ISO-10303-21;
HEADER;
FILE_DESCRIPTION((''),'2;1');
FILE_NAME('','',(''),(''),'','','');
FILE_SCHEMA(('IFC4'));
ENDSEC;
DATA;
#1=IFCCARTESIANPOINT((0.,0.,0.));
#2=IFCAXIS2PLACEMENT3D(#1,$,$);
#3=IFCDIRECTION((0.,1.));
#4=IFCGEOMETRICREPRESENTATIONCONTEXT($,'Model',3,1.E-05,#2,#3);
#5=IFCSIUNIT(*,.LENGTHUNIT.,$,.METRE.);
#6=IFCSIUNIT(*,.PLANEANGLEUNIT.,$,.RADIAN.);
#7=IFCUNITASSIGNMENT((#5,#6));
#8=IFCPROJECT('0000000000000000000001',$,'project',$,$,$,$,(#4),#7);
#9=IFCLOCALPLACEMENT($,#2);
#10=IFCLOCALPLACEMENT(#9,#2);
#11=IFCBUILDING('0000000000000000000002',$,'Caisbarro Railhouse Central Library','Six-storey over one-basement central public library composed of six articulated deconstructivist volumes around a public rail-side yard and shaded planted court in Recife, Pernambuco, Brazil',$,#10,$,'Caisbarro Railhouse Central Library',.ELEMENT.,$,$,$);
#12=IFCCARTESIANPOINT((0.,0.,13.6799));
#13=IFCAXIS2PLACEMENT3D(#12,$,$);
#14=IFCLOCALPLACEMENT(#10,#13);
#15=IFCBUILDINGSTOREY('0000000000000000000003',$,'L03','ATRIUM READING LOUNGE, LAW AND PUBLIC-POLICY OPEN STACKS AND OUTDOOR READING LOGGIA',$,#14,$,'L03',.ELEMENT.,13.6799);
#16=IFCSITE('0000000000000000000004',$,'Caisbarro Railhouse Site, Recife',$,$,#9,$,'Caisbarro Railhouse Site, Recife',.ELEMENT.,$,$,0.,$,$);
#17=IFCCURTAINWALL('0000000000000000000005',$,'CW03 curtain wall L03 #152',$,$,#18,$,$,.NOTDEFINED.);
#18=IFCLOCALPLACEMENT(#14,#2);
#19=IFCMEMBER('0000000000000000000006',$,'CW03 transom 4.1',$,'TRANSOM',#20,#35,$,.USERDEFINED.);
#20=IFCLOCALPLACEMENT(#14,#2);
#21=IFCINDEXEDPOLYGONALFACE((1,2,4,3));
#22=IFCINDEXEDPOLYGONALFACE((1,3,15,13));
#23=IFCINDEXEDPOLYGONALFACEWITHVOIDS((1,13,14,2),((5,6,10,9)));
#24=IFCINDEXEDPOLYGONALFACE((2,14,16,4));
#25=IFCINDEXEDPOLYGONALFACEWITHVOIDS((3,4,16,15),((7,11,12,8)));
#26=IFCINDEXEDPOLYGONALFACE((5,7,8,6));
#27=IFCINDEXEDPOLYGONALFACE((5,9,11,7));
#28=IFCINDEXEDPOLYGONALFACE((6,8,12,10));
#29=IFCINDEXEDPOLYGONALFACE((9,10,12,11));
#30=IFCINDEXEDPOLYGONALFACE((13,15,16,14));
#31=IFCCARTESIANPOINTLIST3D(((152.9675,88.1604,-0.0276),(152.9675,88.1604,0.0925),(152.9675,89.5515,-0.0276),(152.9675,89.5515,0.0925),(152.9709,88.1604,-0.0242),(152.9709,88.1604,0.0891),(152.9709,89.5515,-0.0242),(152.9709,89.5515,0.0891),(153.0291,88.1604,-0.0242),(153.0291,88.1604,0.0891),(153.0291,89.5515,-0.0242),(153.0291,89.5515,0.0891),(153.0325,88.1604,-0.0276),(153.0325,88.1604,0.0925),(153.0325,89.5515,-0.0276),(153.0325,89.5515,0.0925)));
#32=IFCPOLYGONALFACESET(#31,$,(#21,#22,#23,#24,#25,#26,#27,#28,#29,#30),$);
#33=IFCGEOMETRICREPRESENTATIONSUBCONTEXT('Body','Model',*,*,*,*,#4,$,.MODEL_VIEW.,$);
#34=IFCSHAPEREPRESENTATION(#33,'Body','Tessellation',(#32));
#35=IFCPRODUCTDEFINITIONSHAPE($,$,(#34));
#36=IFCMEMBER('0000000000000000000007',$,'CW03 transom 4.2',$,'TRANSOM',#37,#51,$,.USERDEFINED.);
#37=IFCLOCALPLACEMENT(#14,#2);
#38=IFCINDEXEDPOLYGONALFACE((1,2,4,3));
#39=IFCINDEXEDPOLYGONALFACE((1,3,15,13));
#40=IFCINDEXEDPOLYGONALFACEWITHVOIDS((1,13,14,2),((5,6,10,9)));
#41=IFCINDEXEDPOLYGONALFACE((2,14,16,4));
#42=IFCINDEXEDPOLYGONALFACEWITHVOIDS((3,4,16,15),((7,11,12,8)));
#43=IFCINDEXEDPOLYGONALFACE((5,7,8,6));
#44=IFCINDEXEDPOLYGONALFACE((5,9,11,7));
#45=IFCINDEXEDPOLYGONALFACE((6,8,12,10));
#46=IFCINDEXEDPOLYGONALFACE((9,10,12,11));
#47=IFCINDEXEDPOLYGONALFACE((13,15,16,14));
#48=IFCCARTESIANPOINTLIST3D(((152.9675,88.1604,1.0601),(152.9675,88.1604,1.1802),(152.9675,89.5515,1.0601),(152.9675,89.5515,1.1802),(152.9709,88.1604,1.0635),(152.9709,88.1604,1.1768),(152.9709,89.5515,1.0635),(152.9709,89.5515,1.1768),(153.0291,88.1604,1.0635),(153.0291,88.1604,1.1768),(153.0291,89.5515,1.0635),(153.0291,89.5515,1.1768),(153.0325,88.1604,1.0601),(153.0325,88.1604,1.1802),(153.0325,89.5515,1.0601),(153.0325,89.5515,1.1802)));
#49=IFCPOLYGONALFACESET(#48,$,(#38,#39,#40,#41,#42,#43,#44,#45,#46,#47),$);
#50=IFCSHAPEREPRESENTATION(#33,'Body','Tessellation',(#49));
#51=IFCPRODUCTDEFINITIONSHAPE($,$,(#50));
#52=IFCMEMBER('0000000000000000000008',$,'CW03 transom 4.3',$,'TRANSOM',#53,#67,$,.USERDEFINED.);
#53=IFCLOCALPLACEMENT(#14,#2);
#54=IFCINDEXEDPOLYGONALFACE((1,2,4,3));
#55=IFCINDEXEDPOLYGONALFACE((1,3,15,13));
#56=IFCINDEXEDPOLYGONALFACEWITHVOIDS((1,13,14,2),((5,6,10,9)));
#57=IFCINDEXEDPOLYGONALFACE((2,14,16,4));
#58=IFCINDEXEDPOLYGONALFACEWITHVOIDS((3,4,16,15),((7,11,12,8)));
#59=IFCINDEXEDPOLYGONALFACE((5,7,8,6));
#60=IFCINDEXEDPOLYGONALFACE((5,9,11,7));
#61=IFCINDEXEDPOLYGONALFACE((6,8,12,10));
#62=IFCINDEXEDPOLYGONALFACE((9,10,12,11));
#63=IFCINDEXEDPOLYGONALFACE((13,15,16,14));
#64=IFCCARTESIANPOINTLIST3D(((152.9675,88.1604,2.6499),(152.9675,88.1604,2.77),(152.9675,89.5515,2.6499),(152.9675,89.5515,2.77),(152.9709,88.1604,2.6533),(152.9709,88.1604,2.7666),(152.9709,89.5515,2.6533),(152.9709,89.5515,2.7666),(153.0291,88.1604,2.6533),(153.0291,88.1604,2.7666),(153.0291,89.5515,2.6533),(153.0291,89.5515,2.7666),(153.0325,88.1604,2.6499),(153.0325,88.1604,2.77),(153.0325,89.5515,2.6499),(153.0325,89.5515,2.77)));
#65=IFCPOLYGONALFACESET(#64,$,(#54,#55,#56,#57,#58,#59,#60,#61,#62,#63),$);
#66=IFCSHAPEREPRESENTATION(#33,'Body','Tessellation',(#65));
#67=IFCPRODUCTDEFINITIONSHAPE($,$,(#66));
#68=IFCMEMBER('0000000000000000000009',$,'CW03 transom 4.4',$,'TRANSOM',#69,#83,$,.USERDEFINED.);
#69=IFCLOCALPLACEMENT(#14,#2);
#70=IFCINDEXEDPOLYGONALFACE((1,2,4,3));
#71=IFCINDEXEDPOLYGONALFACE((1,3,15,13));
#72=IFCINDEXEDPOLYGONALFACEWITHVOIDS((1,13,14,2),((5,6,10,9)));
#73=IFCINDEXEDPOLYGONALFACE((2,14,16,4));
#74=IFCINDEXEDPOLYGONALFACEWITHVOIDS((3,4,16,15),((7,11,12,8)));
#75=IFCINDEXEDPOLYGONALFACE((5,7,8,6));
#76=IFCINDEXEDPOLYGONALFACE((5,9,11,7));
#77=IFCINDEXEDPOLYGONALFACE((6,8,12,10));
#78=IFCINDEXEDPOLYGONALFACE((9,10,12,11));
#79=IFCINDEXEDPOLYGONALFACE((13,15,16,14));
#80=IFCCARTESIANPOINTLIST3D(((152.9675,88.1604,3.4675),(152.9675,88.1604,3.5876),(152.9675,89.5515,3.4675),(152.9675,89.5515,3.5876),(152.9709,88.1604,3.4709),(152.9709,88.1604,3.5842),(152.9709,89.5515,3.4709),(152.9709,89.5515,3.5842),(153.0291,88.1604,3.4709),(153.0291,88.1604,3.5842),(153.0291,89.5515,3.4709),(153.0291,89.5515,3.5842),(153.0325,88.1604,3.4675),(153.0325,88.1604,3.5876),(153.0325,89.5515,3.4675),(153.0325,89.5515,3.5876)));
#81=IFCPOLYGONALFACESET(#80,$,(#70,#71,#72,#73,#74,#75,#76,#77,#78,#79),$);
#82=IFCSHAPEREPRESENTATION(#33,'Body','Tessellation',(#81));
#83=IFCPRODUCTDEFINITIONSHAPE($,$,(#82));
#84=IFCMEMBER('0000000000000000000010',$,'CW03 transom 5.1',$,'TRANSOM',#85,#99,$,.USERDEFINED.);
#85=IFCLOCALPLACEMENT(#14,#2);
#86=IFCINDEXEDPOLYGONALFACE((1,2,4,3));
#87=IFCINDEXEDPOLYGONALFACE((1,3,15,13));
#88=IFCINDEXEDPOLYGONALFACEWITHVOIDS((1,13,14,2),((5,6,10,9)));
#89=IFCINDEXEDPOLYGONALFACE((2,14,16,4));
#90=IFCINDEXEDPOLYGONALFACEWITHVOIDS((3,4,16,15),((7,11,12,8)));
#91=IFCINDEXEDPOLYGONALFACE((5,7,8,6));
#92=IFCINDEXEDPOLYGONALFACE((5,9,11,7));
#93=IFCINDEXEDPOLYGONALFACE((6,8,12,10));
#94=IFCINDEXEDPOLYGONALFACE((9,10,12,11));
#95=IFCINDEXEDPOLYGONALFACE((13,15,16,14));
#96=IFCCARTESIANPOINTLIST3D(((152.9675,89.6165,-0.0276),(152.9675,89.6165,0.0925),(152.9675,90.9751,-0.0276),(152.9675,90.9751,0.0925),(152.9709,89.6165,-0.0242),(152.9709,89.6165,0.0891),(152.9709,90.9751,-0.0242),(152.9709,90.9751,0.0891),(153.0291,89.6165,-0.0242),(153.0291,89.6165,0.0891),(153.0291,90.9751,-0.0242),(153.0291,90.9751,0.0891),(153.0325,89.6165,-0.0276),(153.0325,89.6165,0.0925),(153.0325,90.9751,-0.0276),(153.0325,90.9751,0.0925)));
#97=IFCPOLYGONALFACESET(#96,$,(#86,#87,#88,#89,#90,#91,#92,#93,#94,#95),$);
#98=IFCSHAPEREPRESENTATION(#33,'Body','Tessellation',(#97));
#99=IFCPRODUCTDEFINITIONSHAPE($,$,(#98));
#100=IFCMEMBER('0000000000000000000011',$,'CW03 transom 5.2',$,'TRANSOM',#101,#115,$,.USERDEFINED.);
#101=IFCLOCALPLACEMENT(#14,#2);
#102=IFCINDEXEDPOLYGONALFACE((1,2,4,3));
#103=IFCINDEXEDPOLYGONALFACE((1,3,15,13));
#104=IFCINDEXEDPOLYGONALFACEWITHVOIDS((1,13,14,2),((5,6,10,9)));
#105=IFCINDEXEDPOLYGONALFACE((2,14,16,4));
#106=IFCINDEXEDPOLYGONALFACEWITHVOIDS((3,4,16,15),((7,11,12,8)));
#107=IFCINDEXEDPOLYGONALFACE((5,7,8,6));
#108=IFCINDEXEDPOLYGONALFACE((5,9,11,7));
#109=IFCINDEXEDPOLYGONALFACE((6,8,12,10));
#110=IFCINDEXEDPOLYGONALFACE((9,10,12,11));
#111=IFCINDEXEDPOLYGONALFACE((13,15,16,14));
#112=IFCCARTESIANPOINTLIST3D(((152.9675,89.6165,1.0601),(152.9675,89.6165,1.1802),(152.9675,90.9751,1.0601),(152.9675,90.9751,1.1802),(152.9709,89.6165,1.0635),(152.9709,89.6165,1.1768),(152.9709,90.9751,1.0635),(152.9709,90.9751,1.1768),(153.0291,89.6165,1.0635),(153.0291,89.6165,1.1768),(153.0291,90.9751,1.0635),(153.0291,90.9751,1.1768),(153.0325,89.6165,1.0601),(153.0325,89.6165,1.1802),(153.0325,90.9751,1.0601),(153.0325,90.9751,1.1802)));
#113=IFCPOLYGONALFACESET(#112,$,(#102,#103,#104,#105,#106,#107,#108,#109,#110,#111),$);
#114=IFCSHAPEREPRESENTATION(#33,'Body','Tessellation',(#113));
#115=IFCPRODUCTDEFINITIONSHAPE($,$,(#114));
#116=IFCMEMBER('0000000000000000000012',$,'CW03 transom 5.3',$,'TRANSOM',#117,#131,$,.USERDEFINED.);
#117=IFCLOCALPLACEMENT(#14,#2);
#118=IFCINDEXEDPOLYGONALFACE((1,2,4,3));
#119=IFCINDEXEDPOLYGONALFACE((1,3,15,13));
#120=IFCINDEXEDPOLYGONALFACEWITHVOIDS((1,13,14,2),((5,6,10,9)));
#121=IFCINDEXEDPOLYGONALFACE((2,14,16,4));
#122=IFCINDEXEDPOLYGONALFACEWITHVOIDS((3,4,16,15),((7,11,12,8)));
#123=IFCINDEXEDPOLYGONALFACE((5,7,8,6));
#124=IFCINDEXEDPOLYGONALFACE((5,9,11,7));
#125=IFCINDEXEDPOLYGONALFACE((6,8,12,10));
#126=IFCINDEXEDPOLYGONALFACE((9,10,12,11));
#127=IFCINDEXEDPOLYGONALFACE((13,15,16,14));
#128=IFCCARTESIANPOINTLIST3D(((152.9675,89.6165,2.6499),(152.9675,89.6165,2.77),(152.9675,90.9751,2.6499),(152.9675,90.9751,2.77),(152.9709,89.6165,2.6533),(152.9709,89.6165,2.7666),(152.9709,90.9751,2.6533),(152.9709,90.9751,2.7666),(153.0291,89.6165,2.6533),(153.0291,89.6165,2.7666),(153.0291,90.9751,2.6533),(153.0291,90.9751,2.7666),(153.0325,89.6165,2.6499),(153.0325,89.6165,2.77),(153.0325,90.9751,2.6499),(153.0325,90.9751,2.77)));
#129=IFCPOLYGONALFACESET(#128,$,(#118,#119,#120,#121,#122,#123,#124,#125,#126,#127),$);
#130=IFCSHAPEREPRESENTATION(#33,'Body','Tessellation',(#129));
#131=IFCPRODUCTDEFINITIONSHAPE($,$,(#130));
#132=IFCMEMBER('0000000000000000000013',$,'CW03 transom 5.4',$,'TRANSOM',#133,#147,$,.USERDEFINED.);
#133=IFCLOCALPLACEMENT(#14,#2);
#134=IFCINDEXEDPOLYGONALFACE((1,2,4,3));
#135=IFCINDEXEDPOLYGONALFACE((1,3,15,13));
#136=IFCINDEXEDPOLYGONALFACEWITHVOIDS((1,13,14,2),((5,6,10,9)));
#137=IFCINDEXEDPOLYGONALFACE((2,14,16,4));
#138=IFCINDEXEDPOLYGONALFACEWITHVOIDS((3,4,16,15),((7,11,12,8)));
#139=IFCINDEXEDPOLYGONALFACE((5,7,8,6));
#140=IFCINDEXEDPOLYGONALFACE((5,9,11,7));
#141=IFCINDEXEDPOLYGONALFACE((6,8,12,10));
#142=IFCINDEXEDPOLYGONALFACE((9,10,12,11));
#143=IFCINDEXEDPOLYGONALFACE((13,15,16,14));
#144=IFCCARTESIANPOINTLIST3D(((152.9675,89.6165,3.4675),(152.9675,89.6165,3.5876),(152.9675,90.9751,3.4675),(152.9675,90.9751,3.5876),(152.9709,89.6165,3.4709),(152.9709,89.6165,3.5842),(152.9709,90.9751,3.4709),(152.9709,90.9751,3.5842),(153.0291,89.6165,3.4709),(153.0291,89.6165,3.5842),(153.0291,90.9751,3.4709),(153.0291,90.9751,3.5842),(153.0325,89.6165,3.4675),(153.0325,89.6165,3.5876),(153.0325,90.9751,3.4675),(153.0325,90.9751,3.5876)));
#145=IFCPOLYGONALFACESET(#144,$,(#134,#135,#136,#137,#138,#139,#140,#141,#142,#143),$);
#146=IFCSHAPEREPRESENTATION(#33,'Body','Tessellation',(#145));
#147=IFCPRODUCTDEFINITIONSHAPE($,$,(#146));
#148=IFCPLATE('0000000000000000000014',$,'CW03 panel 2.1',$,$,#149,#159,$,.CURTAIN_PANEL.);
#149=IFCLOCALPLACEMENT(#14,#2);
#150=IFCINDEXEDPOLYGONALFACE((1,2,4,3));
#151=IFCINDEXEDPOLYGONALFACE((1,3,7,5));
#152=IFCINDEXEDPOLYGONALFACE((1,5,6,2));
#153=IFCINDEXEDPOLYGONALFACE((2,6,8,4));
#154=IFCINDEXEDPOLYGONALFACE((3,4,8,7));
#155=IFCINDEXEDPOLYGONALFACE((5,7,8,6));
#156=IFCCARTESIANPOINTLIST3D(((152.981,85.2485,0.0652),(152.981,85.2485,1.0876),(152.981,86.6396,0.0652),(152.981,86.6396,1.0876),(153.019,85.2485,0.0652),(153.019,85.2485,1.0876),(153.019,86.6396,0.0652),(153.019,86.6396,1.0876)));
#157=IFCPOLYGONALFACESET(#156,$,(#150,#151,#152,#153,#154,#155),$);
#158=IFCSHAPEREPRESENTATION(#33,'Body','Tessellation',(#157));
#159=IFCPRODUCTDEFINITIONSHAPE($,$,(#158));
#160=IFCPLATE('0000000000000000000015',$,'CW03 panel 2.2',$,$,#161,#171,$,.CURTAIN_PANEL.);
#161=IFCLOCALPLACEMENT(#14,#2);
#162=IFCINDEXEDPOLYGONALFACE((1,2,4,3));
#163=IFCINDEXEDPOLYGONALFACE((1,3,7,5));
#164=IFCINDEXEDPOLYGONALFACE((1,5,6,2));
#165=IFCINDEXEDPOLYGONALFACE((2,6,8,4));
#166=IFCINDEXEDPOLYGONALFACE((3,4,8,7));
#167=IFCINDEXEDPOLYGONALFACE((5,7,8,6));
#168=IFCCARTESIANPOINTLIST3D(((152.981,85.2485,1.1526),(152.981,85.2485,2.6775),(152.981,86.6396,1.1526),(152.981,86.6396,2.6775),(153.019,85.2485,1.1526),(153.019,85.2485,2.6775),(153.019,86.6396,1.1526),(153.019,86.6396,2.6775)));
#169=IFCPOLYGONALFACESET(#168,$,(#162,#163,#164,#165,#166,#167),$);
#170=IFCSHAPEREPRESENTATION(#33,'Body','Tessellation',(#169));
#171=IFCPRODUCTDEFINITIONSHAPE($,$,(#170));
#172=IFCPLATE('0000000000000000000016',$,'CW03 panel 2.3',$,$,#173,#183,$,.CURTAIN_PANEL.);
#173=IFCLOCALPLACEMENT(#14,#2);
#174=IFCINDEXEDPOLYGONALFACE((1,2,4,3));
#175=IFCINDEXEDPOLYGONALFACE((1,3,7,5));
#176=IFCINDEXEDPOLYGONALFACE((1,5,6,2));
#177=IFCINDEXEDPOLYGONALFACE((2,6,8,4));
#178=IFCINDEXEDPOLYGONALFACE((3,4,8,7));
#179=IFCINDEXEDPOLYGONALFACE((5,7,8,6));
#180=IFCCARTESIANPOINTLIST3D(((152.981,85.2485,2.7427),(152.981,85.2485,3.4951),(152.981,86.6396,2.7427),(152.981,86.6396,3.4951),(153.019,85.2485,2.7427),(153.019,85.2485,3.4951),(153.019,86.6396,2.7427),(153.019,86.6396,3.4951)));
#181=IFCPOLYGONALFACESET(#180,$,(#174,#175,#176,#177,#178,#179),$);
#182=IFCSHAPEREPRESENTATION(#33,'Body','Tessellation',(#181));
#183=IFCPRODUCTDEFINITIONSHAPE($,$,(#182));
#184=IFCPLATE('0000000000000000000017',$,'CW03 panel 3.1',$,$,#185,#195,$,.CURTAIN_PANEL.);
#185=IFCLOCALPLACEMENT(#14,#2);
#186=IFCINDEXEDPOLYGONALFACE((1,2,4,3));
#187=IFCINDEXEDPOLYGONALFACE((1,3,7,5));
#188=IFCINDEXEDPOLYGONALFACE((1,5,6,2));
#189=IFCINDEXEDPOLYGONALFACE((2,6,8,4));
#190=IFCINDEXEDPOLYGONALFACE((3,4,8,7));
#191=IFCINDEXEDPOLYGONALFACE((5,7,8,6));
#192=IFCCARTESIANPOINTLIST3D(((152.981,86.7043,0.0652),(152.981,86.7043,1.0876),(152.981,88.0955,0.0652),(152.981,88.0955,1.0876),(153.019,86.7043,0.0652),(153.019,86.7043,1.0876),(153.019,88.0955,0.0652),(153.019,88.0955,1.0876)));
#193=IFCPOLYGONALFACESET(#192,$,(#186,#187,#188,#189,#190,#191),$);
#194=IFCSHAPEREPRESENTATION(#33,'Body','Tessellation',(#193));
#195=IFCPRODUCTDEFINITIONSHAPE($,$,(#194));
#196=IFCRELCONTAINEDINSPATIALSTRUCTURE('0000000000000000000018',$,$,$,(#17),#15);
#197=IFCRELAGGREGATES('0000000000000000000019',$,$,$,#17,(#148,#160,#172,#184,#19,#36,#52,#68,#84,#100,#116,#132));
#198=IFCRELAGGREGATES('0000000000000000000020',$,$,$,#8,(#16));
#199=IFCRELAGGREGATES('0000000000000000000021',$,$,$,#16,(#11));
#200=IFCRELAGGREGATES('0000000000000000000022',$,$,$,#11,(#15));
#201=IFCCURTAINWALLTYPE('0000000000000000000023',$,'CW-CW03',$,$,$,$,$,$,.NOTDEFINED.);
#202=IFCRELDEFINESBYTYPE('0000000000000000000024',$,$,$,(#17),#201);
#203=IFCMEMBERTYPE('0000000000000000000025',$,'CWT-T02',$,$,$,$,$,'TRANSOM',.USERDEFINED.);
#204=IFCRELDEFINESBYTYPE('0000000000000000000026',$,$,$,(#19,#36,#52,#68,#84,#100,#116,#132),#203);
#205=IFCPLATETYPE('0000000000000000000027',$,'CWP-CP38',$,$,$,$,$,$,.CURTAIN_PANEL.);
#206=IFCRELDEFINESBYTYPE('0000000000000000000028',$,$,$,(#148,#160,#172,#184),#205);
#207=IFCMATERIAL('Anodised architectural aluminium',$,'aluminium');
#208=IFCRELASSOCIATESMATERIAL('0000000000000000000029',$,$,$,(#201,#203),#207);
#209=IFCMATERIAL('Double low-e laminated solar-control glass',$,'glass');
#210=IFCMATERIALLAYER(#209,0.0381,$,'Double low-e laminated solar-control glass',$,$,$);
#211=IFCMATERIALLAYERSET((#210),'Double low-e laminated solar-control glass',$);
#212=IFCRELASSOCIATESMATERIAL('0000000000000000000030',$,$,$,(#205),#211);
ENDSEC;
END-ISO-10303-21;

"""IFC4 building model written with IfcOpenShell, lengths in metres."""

from ifc_helpers import new_model, si_unit, direction, frame, origin, origin_2d, place, context, subcontext, project, spatial, rectangle, hollow_rectangle, extrude, material, layer, layer_set, material_profile, profile_set, type_object, element, aggregate, save


model = new_model("IFC4")

# Units and contexts
model_context = context("Model", 3, precision=1e-05, world=origin(), true_north=direction((0.0, 1.0)))
body_context = subcontext(model_context, "Body", "Model", "MODEL_VIEW")
ifc_project = project(units=[si_unit("LENGTHUNIT", "METRE"), si_unit("PLANEANGLEUNIT", "RADIAN")], contexts=[model_context])

# Site, building, storey
site_placement = place(None, origin())
site = spatial("IfcSite", under=ifc_project, at=site_placement, Name="Caisbarro Railhouse Site, Recife", LongName="Caisbarro Railhouse Site, Recife", CompositionType="ELEMENT", RefElevation=0.0)
building_placement = place(site_placement, origin())
building = spatial("IfcBuilding", under=site, at=building_placement, Name="Caisbarro Railhouse Central Library", Description="Six-storey over one-basement central public library composed of six articulated deconstructivist volumes around a public rail-side yard and shaded planted court in Recife, Pernambuco, Brazil", LongName="Caisbarro Railhouse Central Library", CompositionType="ELEMENT")
storey_placement = place(building_placement, frame((0.0, 0.0, 13.6799)))
storey = spatial("IfcBuildingStorey", under=building, at=storey_placement, Name="L03", Description="ATRIUM READING LOUNGE, LAW AND PUBLIC-POLICY OPEN STACKS AND OUTDOOR READING LOGGIA", LongName="L03", CompositionType="ELEMENT", Elevation=13.6799)

# Curtain wall, members, plates
ifc_material_1 = material(Name="Anodised architectural aluminium", Category="aluminium")
curtain_wall_type = type_object("IfcCurtainWallType", Name="CW-CW03", PredefinedType="NOTDEFINED", material=ifc_material_1)
curtain_wall_placement = place(storey_placement, origin())
curtain_wall = element("IfcCurtainWall", 1, at=curtain_wall_placement, inside=storey, type_object=curtain_wall_type, Name="CW03 curtain wall L03 #152", PredefinedType="NOTDEFINED")
ifc_material_profile_1 = material_profile(ifc_material_1, hollow_rectangle(XDim=0.0649, YDim=0.1201, WallThickness=0.0034, at=origin_2d()), Name="ALU-TRN-65X120")
ifc_profile_set_1 = profile_set([ifc_material_profile_1], Name="Anodised architectural aluminium")
member_type_1 = type_object("IfcMemberType", Name="CWT-T02", ElementType="TRANSOM", PredefinedType="USERDEFINED", material=ifc_profile_set_1)
member_1_placement = place(storey_placement, frame((153.0, 88.1604, 0.0325), z_axis=(0.0, 1.0, 0.0), x_axis=(-1.0, 0.0, 0.0)))
member_1 = element("IfcMember", 2, at=member_1_placement, type_object=member_type_1, Name="CW03 transom 4.1", ObjectType="TRANSOM", PredefinedType="USERDEFINED", context=body_context, shape_type="SweptSolid", body=[
    extrude(hollow_rectangle(XDim=0.0649, YDim=0.1201, WallThickness=0.0034, at=origin_2d()), origin(), (0.0, 0.0, 1.0), 1.3911),
])
member_2_placement = place(storey_placement, frame((153.0, 88.1604, 1.1201), z_axis=(0.0, 1.0, 0.0), x_axis=(-1.0, 0.0, 0.0)))
member_2 = element("IfcMember", 3, at=member_2_placement, type_object=member_type_1, Name="CW03 transom 4.2", ObjectType="TRANSOM", PredefinedType="USERDEFINED", context=body_context, shape_type="SweptSolid", body=[
    extrude(hollow_rectangle(XDim=0.0649, YDim=0.1201, WallThickness=0.0034, at=origin_2d()), origin(), (0.0, 0.0, 1.0), 1.3911),
])
member_3_placement = place(storey_placement, frame((153.0, 88.1604, 2.71), z_axis=(0.0, 1.0, 0.0), x_axis=(-1.0, 0.0, 0.0)))
member_3 = element("IfcMember", 4, at=member_3_placement, type_object=member_type_1, Name="CW03 transom 4.3", ObjectType="TRANSOM", PredefinedType="USERDEFINED", context=body_context, shape_type="SweptSolid", body=[
    extrude(hollow_rectangle(XDim=0.0649, YDim=0.1201, WallThickness=0.0034, at=origin_2d()), origin(), (0.0, 0.0, 1.0), 1.3911),
])
member_4_placement = place(storey_placement, frame((153.0, 88.1604, 3.5276), z_axis=(0.0, 1.0, 0.0), x_axis=(-1.0, 0.0, 0.0)))
member_4 = element("IfcMember", 5, at=member_4_placement, type_object=member_type_1, Name="CW03 transom 4.4", ObjectType="TRANSOM", PredefinedType="USERDEFINED", context=body_context, shape_type="SweptSolid", body=[
    extrude(hollow_rectangle(XDim=0.0649, YDim=0.1201, WallThickness=0.0034, at=origin_2d()), origin(), (0.0, 0.0, 1.0), 1.3911),
])
member_5_placement = place(storey_placement, frame((153.0, 89.6165, 0.0325), z_axis=(0.0, 1.0, 0.0), x_axis=(-1.0, 0.0, 0.0)))
member_5 = element("IfcMember", 6, at=member_5_placement, type_object=member_type_1, Name="CW03 transom 5.1", ObjectType="TRANSOM", PredefinedType="USERDEFINED", context=body_context, shape_type="SweptSolid", body=[
    extrude(hollow_rectangle(XDim=0.0649, YDim=0.1201, WallThickness=0.0034, at=origin_2d()), origin(), (0.0, 0.0, 1.0), 1.3586),
])
member_6_placement = place(storey_placement, frame((153.0, 89.6165, 1.1201), z_axis=(0.0, 1.0, 0.0), x_axis=(-1.0, 0.0, 0.0)))
member_6 = element("IfcMember", 7, at=member_6_placement, type_object=member_type_1, Name="CW03 transom 5.2", ObjectType="TRANSOM", PredefinedType="USERDEFINED", context=body_context, shape_type="SweptSolid", body=[
    extrude(hollow_rectangle(XDim=0.0649, YDim=0.1201, WallThickness=0.0034, at=origin_2d()), origin(), (0.0, 0.0, 1.0), 1.3586),
])
member_7_placement = place(storey_placement, frame((153.0, 89.6165, 2.71), z_axis=(0.0, 1.0, 0.0), x_axis=(-1.0, 0.0, 0.0)))
member_7 = element("IfcMember", 8, at=member_7_placement, type_object=member_type_1, Name="CW03 transom 5.3", ObjectType="TRANSOM", PredefinedType="USERDEFINED", context=body_context, shape_type="SweptSolid", body=[
    extrude(hollow_rectangle(XDim=0.0649, YDim=0.1201, WallThickness=0.0034, at=origin_2d()), origin(), (0.0, 0.0, 1.0), 1.3586),
])
member_8_placement = place(storey_placement, frame((153.0, 89.6165, 3.5276), z_axis=(0.0, 1.0, 0.0), x_axis=(-1.0, 0.0, 0.0)))
member_8 = element("IfcMember", 9, at=member_8_placement, type_object=member_type_1, Name="CW03 transom 5.4", ObjectType="TRANSOM", PredefinedType="USERDEFINED", context=body_context, shape_type="SweptSolid", body=[
    extrude(hollow_rectangle(XDim=0.0649, YDim=0.1201, WallThickness=0.0034, at=origin_2d()), origin(), (0.0, 0.0, 1.0), 1.3586),
])
ifc_material_2 = material(Name="Double low-e laminated solar-control glass", Category="glass")
ifc_layer_1 = layer(ifc_material_2, 0.0381, Name="Double low-e laminated solar-control glass")
ifc_layer_set_1 = layer_set([ifc_layer_1], Name="Double low-e laminated solar-control glass")
plate_type_1 = type_object("IfcPlateType", Name="CWP-CP38", PredefinedType="CURTAIN_PANEL", material=ifc_layer_set_1)
plate_1_placement = place(storey_placement, frame((153.0, 85.9441, 0.0652), z_axis=(0.0, 0.0, 1.0), x_axis=(0.0, 1.0, 0.0)))
plate_1 = element("IfcPlate", 10, at=plate_1_placement, type_object=plate_type_1, Name="CW03 panel 2.1", PredefinedType="CURTAIN_PANEL", context=body_context, shape_type="SweptSolid", body=[
    extrude(rectangle(XDim=1.3911, YDim=0.0381, at=origin_2d()), origin(), (0.0, 0.0, 1.0), 1.0225),
])
plate_2_placement = place(storey_placement, frame((153.0, 85.9441, 1.1526), z_axis=(0.0, 0.0, 1.0), x_axis=(0.0, 1.0, 0.0)))
plate_2 = element("IfcPlate", 11, at=plate_2_placement, type_object=plate_type_1, Name="CW03 panel 2.2", PredefinedType="CURTAIN_PANEL", context=body_context, shape_type="SweptSolid", body=[
    extrude(rectangle(XDim=1.3911, YDim=0.0381, at=origin_2d()), origin(), (0.0, 0.0, 1.0), 1.5249),
])
plate_3_placement = place(storey_placement, frame((153.0, 85.9441, 2.7427), z_axis=(0.0, 0.0, 1.0), x_axis=(0.0, 1.0, 0.0)))
plate_3 = element("IfcPlate", 12, at=plate_3_placement, type_object=plate_type_1, Name="CW03 panel 2.3", PredefinedType="CURTAIN_PANEL", context=body_context, shape_type="SweptSolid", body=[
    extrude(rectangle(XDim=1.3911, YDim=0.0381, at=origin_2d()), origin(), (0.0, 0.0, 1.0), 0.7524),
])
plate_4_placement = place(storey_placement, frame((153.0, 87.3999, 0.0652), z_axis=(0.0, 0.0, 1.0), x_axis=(0.0, 1.0, 0.0)))
plate_4 = element("IfcPlate", 13, at=plate_4_placement, type_object=plate_type_1, Name="CW03 panel 3.1", PredefinedType="CURTAIN_PANEL", context=body_context, shape_type="SweptSolid", body=[
    extrude(rectangle(XDim=1.3911, YDim=0.0381, at=origin_2d()), origin(), (0.0, 0.0, 1.0), 1.0225),
])
aggregate(curtain_wall, [plate_1, plate_2, plate_3, plate_4, member_1, member_2, member_3, member_4, member_5, member_6, member_7, member_8])

save(model, "model.ifc")
